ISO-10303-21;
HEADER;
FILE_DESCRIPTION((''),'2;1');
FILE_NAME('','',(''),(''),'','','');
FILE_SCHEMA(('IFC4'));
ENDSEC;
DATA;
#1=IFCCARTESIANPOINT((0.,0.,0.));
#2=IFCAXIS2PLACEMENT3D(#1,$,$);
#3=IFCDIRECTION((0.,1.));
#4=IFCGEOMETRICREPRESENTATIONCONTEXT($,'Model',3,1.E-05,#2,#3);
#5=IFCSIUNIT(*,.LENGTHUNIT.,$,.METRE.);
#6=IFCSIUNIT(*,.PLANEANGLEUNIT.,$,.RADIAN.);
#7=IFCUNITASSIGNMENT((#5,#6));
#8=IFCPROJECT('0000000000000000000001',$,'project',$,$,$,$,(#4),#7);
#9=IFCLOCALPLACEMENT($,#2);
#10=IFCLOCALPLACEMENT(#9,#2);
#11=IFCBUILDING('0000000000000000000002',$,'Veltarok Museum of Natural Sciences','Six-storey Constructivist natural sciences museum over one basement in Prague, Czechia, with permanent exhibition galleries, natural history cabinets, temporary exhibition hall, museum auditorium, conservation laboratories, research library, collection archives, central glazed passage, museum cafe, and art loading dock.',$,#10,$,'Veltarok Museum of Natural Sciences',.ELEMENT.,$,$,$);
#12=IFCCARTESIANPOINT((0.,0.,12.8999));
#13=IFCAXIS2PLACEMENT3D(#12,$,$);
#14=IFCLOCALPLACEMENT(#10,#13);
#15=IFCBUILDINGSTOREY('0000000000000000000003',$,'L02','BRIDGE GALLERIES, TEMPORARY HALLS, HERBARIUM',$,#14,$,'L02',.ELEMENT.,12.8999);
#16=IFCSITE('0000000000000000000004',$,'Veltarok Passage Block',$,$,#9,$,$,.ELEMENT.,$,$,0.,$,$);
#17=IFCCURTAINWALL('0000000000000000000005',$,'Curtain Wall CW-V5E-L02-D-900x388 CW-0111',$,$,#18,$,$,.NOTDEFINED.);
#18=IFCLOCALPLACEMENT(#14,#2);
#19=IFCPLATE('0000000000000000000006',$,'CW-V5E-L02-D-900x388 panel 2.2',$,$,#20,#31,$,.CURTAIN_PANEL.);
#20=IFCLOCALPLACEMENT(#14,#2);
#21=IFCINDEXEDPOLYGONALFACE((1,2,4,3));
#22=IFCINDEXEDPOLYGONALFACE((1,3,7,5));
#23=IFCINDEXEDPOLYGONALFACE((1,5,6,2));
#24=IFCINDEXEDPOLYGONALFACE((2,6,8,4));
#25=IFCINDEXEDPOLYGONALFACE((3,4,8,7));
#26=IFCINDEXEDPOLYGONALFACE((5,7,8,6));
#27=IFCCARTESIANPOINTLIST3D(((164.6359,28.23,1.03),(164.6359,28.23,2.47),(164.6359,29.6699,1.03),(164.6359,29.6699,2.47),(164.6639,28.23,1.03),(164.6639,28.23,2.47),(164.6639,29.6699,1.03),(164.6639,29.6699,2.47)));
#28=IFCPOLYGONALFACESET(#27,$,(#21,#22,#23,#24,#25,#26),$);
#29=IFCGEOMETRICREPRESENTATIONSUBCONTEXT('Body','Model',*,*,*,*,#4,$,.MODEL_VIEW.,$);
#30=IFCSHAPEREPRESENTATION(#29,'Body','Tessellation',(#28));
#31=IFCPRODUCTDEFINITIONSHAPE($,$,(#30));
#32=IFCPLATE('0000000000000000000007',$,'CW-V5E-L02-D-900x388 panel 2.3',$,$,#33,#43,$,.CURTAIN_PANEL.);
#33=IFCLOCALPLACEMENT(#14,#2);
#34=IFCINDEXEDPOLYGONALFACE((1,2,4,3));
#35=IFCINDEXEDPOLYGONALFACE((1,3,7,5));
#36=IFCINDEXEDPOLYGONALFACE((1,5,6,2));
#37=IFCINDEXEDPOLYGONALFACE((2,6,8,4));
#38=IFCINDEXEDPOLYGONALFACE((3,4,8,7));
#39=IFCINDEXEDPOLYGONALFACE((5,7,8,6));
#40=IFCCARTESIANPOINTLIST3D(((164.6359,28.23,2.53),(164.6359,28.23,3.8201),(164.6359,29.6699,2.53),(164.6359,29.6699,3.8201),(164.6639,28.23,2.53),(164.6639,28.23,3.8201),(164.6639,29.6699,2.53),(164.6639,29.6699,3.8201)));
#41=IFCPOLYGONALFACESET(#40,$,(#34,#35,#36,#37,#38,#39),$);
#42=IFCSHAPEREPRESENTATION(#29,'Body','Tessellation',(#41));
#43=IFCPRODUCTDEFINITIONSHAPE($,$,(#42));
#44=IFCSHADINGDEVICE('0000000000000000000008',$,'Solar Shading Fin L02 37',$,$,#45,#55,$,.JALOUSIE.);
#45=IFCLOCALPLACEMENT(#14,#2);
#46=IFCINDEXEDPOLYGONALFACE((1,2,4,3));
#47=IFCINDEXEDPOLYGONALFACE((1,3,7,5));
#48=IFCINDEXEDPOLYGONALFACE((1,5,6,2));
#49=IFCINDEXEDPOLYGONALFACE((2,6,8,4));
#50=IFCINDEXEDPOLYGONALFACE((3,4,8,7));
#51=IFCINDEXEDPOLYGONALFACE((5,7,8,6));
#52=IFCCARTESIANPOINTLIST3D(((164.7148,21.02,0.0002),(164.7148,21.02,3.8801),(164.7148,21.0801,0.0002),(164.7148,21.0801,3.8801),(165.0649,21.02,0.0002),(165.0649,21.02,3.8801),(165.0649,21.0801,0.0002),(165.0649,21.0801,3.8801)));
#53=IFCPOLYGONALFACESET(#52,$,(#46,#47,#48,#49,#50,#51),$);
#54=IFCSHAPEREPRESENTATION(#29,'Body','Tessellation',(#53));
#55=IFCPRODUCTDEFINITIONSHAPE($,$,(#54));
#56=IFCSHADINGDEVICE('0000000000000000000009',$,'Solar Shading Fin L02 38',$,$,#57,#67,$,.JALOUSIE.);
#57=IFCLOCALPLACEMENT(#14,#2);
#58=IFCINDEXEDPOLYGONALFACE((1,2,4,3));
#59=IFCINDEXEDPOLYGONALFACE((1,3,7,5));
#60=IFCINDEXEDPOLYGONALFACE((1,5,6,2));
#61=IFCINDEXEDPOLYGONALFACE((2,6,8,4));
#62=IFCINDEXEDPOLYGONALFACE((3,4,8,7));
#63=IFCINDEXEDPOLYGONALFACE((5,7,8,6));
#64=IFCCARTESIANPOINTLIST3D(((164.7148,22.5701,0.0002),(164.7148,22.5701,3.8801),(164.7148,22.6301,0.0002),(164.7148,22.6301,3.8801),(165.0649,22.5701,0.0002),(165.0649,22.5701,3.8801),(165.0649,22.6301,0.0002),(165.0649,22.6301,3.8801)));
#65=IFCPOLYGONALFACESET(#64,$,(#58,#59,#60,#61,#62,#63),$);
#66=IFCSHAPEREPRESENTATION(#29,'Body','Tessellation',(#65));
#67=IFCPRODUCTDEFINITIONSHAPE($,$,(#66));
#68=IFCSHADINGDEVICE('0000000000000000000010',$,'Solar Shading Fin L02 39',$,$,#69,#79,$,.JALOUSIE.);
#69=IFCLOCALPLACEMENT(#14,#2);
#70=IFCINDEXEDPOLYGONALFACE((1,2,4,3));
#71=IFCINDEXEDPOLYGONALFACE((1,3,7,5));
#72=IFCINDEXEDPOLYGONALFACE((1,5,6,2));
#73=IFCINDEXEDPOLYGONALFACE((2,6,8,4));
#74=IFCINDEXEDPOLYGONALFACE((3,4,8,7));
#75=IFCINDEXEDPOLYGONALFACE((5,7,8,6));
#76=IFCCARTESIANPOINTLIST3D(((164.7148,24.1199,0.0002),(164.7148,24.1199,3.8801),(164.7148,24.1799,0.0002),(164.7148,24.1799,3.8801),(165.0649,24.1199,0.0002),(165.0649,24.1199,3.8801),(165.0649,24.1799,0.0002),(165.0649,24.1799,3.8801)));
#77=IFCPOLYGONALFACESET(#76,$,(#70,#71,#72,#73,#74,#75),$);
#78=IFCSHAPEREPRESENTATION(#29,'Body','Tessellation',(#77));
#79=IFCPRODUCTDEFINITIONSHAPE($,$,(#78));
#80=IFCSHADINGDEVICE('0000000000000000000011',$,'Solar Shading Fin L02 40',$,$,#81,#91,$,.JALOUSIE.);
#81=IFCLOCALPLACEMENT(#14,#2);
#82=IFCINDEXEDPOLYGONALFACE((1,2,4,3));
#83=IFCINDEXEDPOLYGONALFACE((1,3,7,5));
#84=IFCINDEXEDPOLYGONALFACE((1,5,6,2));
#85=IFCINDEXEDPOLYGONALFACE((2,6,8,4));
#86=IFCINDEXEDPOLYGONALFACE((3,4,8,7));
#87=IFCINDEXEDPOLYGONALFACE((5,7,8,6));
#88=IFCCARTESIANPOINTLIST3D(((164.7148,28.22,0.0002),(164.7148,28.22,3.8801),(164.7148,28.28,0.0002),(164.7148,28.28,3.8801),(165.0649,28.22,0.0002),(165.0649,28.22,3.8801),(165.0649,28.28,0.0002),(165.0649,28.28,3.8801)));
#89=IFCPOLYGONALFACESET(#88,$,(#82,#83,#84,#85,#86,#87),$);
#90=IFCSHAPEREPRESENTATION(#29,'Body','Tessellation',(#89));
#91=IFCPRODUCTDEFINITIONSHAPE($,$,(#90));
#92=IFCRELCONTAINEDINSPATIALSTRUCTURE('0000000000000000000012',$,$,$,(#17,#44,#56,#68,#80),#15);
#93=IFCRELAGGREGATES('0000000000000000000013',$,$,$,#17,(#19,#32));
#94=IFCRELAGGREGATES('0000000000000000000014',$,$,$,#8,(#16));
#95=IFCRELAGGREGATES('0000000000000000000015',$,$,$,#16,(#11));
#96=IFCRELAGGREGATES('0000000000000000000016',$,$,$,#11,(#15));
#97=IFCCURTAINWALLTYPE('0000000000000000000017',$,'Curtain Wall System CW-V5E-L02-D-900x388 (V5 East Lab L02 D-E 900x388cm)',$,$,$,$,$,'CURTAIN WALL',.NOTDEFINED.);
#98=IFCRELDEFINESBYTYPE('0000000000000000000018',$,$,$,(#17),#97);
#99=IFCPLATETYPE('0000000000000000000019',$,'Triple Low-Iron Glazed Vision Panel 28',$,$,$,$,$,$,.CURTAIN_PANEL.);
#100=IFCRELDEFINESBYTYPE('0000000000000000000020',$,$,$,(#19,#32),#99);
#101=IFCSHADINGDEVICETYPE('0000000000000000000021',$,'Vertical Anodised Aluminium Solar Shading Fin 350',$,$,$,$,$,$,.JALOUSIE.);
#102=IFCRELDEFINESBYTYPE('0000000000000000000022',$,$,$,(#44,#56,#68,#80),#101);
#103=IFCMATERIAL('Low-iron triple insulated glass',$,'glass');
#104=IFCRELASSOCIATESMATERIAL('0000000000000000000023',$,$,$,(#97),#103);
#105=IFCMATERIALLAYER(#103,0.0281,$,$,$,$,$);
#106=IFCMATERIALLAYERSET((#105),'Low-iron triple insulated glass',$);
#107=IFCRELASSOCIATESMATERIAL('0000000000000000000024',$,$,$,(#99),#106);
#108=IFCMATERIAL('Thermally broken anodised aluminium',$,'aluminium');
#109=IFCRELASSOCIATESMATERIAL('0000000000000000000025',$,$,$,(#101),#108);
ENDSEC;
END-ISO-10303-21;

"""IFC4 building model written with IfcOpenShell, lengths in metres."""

from ifc_helpers import new_model, si_unit, direction, frame, origin, origin_2d, place, context, subcontext, project, spatial, rectangle, extrude, material, layer, layer_set, type_object, element, aggregate, save


model = new_model("IFC4")

# Units and contexts
model_context = context("Model", 3, precision=1e-05, world=origin(), true_north=direction((0.0, 1.0)))
body_context = subcontext(model_context, "Body", "Model", "MODEL_VIEW")
ifc_project = project(units=[si_unit("LENGTHUNIT", "METRE"), si_unit("PLANEANGLEUNIT", "RADIAN")], contexts=[model_context])

# Site, building, storey
site_placement = place(None, origin())
site = spatial("IfcSite", under=ifc_project, at=site_placement, Name="Veltarok Passage Block", CompositionType="ELEMENT", RefElevation=0.0)
building_placement = place(site_placement, origin())
building = spatial("IfcBuilding", under=site, at=building_placement, Name="Veltarok Museum of Natural Sciences", Description="Six-storey Constructivist natural sciences museum over one basement in Prague, Czechia, with permanent exhibition galleries, natural history cabinets, temporary exhibition hall, museum auditorium, conservation laboratories, research library, collection archives, central glazed passage, museum cafe, and art loading dock.", LongName="Veltarok Museum of Natural Sciences", CompositionType="ELEMENT")
storey_placement = place(building_placement, frame((0.0, 0.0, 12.8999)))
storey = spatial("IfcBuildingStorey", under=building, at=storey_placement, Name="L02", Description="BRIDGE GALLERIES, TEMPORARY HALLS, HERBARIUM", LongName="L02", CompositionType="ELEMENT", Elevation=12.8999)

# Curtain wall
ifc_material_1 = material(Name="Low-iron triple insulated glass", Category="glass")
ifc_material_2 = material(Name="Thermally broken anodised aluminium", Category="aluminium")
curtain_wall_type_1 = type_object("IfcCurtainWallType", Name="Curtain Wall System CW-V5E-L02-D-900x388 (V5 East Lab L02 D-E 900x388cm)", ElementType="CURTAIN WALL", PredefinedType="NOTDEFINED", material=ifc_material_1)
curtain_wall_1_placement = place(storey_placement, origin())
curtain_wall_1 = element("IfcCurtainWall", 1, at=curtain_wall_1_placement, inside=storey, type_object=curtain_wall_type_1, Name="Curtain Wall CW-V5E-L02-D-900x388 CW-0111", PredefinedType="NOTDEFINED")

# Plates
ifc_layer = layer(ifc_material_1, 0.0281)
ifc_layer_set = layer_set([ifc_layer], Name="Low-iron triple insulated glass")
plate_type = type_object("IfcPlateType", Name="Triple Low-Iron Glazed Vision Panel 28", PredefinedType="CURTAIN_PANEL", material=ifc_layer_set)
plate_1_placement = place(storey_placement, frame((164.6499, 28.95, 1.03), z_axis=(0.0, 0.0, 1.0), x_axis=(0.0, 1.0, 0.0)))
plate_1 = element("IfcPlate", 2, at=plate_1_placement, type_object=plate_type, Name="CW-V5E-L02-D-900x388 panel 2.2", PredefinedType="CURTAIN_PANEL", context=body_context, shape_type="SweptSolid", body=[
    extrude(rectangle(XDim=1.4399, YDim=0.0281, at=origin_2d()), origin(), (0.0, 0.0, 1.0), 1.4399),
])
plate_2_placement = place(storey_placement, frame((164.6499, 28.95, 2.53), z_axis=(0.0, 0.0, 1.0), x_axis=(0.0, 1.0, 0.0)))
plate_2 = element("IfcPlate", 3, at=plate_2_placement, type_object=plate_type, Name="CW-V5E-L02-D-900x388 panel 2.3", PredefinedType="CURTAIN_PANEL", context=body_context, shape_type="SweptSolid", body=[
    extrude(rectangle(XDim=1.4399, YDim=0.0281, at=origin_2d()), origin(), (0.0, 0.0, 1.0), 1.29),
])
aggregate(curtain_wall_1, [plate_1, plate_2])

# Shading devices
shading_device_type = type_object("IfcShadingDeviceType", Name="Vertical Anodised Aluminium Solar Shading Fin 350", PredefinedType="JALOUSIE", material=ifc_material_2)
for number, where, z_axis, x_axis, name in (
    (4, (164.8899, 21.05, 0.0002), (0.0, 0.0, 1.0), (1.0, 0.0, 0.0), "Solar Shading Fin L02 37"),
    (5, (164.8899, 22.6001, 0.0002), (0.0, 0.0, 1.0), (1.0, 0.0, 0.0), "Solar Shading Fin L02 38"),
    (6, (164.8899, 24.1499, 0.0002), (0.0, 0.0, 1.0), (1.0, 0.0, 0.0), "Solar Shading Fin L02 39"),
    (7, (164.8899, 28.25, 0.0002), (0.0, 0.0, 1.0), (1.0, 0.0, 0.0), "Solar Shading Fin L02 40"),
):
    element("IfcShadingDevice", number, at=place(storey_placement, frame(where, z_axis=z_axis, x_axis=x_axis)), inside=storey, type_object=shading_device_type, Name=name, PredefinedType="JALOUSIE", context=body_context, shape_type="SweptSolid", body=[
        extrude(rectangle(XDim=0.3501, YDim=0.0601, at=origin_2d()), origin(), (0.0, 0.0, 1.0), 3.8799),
    ])

save(model, "model.ifc")
